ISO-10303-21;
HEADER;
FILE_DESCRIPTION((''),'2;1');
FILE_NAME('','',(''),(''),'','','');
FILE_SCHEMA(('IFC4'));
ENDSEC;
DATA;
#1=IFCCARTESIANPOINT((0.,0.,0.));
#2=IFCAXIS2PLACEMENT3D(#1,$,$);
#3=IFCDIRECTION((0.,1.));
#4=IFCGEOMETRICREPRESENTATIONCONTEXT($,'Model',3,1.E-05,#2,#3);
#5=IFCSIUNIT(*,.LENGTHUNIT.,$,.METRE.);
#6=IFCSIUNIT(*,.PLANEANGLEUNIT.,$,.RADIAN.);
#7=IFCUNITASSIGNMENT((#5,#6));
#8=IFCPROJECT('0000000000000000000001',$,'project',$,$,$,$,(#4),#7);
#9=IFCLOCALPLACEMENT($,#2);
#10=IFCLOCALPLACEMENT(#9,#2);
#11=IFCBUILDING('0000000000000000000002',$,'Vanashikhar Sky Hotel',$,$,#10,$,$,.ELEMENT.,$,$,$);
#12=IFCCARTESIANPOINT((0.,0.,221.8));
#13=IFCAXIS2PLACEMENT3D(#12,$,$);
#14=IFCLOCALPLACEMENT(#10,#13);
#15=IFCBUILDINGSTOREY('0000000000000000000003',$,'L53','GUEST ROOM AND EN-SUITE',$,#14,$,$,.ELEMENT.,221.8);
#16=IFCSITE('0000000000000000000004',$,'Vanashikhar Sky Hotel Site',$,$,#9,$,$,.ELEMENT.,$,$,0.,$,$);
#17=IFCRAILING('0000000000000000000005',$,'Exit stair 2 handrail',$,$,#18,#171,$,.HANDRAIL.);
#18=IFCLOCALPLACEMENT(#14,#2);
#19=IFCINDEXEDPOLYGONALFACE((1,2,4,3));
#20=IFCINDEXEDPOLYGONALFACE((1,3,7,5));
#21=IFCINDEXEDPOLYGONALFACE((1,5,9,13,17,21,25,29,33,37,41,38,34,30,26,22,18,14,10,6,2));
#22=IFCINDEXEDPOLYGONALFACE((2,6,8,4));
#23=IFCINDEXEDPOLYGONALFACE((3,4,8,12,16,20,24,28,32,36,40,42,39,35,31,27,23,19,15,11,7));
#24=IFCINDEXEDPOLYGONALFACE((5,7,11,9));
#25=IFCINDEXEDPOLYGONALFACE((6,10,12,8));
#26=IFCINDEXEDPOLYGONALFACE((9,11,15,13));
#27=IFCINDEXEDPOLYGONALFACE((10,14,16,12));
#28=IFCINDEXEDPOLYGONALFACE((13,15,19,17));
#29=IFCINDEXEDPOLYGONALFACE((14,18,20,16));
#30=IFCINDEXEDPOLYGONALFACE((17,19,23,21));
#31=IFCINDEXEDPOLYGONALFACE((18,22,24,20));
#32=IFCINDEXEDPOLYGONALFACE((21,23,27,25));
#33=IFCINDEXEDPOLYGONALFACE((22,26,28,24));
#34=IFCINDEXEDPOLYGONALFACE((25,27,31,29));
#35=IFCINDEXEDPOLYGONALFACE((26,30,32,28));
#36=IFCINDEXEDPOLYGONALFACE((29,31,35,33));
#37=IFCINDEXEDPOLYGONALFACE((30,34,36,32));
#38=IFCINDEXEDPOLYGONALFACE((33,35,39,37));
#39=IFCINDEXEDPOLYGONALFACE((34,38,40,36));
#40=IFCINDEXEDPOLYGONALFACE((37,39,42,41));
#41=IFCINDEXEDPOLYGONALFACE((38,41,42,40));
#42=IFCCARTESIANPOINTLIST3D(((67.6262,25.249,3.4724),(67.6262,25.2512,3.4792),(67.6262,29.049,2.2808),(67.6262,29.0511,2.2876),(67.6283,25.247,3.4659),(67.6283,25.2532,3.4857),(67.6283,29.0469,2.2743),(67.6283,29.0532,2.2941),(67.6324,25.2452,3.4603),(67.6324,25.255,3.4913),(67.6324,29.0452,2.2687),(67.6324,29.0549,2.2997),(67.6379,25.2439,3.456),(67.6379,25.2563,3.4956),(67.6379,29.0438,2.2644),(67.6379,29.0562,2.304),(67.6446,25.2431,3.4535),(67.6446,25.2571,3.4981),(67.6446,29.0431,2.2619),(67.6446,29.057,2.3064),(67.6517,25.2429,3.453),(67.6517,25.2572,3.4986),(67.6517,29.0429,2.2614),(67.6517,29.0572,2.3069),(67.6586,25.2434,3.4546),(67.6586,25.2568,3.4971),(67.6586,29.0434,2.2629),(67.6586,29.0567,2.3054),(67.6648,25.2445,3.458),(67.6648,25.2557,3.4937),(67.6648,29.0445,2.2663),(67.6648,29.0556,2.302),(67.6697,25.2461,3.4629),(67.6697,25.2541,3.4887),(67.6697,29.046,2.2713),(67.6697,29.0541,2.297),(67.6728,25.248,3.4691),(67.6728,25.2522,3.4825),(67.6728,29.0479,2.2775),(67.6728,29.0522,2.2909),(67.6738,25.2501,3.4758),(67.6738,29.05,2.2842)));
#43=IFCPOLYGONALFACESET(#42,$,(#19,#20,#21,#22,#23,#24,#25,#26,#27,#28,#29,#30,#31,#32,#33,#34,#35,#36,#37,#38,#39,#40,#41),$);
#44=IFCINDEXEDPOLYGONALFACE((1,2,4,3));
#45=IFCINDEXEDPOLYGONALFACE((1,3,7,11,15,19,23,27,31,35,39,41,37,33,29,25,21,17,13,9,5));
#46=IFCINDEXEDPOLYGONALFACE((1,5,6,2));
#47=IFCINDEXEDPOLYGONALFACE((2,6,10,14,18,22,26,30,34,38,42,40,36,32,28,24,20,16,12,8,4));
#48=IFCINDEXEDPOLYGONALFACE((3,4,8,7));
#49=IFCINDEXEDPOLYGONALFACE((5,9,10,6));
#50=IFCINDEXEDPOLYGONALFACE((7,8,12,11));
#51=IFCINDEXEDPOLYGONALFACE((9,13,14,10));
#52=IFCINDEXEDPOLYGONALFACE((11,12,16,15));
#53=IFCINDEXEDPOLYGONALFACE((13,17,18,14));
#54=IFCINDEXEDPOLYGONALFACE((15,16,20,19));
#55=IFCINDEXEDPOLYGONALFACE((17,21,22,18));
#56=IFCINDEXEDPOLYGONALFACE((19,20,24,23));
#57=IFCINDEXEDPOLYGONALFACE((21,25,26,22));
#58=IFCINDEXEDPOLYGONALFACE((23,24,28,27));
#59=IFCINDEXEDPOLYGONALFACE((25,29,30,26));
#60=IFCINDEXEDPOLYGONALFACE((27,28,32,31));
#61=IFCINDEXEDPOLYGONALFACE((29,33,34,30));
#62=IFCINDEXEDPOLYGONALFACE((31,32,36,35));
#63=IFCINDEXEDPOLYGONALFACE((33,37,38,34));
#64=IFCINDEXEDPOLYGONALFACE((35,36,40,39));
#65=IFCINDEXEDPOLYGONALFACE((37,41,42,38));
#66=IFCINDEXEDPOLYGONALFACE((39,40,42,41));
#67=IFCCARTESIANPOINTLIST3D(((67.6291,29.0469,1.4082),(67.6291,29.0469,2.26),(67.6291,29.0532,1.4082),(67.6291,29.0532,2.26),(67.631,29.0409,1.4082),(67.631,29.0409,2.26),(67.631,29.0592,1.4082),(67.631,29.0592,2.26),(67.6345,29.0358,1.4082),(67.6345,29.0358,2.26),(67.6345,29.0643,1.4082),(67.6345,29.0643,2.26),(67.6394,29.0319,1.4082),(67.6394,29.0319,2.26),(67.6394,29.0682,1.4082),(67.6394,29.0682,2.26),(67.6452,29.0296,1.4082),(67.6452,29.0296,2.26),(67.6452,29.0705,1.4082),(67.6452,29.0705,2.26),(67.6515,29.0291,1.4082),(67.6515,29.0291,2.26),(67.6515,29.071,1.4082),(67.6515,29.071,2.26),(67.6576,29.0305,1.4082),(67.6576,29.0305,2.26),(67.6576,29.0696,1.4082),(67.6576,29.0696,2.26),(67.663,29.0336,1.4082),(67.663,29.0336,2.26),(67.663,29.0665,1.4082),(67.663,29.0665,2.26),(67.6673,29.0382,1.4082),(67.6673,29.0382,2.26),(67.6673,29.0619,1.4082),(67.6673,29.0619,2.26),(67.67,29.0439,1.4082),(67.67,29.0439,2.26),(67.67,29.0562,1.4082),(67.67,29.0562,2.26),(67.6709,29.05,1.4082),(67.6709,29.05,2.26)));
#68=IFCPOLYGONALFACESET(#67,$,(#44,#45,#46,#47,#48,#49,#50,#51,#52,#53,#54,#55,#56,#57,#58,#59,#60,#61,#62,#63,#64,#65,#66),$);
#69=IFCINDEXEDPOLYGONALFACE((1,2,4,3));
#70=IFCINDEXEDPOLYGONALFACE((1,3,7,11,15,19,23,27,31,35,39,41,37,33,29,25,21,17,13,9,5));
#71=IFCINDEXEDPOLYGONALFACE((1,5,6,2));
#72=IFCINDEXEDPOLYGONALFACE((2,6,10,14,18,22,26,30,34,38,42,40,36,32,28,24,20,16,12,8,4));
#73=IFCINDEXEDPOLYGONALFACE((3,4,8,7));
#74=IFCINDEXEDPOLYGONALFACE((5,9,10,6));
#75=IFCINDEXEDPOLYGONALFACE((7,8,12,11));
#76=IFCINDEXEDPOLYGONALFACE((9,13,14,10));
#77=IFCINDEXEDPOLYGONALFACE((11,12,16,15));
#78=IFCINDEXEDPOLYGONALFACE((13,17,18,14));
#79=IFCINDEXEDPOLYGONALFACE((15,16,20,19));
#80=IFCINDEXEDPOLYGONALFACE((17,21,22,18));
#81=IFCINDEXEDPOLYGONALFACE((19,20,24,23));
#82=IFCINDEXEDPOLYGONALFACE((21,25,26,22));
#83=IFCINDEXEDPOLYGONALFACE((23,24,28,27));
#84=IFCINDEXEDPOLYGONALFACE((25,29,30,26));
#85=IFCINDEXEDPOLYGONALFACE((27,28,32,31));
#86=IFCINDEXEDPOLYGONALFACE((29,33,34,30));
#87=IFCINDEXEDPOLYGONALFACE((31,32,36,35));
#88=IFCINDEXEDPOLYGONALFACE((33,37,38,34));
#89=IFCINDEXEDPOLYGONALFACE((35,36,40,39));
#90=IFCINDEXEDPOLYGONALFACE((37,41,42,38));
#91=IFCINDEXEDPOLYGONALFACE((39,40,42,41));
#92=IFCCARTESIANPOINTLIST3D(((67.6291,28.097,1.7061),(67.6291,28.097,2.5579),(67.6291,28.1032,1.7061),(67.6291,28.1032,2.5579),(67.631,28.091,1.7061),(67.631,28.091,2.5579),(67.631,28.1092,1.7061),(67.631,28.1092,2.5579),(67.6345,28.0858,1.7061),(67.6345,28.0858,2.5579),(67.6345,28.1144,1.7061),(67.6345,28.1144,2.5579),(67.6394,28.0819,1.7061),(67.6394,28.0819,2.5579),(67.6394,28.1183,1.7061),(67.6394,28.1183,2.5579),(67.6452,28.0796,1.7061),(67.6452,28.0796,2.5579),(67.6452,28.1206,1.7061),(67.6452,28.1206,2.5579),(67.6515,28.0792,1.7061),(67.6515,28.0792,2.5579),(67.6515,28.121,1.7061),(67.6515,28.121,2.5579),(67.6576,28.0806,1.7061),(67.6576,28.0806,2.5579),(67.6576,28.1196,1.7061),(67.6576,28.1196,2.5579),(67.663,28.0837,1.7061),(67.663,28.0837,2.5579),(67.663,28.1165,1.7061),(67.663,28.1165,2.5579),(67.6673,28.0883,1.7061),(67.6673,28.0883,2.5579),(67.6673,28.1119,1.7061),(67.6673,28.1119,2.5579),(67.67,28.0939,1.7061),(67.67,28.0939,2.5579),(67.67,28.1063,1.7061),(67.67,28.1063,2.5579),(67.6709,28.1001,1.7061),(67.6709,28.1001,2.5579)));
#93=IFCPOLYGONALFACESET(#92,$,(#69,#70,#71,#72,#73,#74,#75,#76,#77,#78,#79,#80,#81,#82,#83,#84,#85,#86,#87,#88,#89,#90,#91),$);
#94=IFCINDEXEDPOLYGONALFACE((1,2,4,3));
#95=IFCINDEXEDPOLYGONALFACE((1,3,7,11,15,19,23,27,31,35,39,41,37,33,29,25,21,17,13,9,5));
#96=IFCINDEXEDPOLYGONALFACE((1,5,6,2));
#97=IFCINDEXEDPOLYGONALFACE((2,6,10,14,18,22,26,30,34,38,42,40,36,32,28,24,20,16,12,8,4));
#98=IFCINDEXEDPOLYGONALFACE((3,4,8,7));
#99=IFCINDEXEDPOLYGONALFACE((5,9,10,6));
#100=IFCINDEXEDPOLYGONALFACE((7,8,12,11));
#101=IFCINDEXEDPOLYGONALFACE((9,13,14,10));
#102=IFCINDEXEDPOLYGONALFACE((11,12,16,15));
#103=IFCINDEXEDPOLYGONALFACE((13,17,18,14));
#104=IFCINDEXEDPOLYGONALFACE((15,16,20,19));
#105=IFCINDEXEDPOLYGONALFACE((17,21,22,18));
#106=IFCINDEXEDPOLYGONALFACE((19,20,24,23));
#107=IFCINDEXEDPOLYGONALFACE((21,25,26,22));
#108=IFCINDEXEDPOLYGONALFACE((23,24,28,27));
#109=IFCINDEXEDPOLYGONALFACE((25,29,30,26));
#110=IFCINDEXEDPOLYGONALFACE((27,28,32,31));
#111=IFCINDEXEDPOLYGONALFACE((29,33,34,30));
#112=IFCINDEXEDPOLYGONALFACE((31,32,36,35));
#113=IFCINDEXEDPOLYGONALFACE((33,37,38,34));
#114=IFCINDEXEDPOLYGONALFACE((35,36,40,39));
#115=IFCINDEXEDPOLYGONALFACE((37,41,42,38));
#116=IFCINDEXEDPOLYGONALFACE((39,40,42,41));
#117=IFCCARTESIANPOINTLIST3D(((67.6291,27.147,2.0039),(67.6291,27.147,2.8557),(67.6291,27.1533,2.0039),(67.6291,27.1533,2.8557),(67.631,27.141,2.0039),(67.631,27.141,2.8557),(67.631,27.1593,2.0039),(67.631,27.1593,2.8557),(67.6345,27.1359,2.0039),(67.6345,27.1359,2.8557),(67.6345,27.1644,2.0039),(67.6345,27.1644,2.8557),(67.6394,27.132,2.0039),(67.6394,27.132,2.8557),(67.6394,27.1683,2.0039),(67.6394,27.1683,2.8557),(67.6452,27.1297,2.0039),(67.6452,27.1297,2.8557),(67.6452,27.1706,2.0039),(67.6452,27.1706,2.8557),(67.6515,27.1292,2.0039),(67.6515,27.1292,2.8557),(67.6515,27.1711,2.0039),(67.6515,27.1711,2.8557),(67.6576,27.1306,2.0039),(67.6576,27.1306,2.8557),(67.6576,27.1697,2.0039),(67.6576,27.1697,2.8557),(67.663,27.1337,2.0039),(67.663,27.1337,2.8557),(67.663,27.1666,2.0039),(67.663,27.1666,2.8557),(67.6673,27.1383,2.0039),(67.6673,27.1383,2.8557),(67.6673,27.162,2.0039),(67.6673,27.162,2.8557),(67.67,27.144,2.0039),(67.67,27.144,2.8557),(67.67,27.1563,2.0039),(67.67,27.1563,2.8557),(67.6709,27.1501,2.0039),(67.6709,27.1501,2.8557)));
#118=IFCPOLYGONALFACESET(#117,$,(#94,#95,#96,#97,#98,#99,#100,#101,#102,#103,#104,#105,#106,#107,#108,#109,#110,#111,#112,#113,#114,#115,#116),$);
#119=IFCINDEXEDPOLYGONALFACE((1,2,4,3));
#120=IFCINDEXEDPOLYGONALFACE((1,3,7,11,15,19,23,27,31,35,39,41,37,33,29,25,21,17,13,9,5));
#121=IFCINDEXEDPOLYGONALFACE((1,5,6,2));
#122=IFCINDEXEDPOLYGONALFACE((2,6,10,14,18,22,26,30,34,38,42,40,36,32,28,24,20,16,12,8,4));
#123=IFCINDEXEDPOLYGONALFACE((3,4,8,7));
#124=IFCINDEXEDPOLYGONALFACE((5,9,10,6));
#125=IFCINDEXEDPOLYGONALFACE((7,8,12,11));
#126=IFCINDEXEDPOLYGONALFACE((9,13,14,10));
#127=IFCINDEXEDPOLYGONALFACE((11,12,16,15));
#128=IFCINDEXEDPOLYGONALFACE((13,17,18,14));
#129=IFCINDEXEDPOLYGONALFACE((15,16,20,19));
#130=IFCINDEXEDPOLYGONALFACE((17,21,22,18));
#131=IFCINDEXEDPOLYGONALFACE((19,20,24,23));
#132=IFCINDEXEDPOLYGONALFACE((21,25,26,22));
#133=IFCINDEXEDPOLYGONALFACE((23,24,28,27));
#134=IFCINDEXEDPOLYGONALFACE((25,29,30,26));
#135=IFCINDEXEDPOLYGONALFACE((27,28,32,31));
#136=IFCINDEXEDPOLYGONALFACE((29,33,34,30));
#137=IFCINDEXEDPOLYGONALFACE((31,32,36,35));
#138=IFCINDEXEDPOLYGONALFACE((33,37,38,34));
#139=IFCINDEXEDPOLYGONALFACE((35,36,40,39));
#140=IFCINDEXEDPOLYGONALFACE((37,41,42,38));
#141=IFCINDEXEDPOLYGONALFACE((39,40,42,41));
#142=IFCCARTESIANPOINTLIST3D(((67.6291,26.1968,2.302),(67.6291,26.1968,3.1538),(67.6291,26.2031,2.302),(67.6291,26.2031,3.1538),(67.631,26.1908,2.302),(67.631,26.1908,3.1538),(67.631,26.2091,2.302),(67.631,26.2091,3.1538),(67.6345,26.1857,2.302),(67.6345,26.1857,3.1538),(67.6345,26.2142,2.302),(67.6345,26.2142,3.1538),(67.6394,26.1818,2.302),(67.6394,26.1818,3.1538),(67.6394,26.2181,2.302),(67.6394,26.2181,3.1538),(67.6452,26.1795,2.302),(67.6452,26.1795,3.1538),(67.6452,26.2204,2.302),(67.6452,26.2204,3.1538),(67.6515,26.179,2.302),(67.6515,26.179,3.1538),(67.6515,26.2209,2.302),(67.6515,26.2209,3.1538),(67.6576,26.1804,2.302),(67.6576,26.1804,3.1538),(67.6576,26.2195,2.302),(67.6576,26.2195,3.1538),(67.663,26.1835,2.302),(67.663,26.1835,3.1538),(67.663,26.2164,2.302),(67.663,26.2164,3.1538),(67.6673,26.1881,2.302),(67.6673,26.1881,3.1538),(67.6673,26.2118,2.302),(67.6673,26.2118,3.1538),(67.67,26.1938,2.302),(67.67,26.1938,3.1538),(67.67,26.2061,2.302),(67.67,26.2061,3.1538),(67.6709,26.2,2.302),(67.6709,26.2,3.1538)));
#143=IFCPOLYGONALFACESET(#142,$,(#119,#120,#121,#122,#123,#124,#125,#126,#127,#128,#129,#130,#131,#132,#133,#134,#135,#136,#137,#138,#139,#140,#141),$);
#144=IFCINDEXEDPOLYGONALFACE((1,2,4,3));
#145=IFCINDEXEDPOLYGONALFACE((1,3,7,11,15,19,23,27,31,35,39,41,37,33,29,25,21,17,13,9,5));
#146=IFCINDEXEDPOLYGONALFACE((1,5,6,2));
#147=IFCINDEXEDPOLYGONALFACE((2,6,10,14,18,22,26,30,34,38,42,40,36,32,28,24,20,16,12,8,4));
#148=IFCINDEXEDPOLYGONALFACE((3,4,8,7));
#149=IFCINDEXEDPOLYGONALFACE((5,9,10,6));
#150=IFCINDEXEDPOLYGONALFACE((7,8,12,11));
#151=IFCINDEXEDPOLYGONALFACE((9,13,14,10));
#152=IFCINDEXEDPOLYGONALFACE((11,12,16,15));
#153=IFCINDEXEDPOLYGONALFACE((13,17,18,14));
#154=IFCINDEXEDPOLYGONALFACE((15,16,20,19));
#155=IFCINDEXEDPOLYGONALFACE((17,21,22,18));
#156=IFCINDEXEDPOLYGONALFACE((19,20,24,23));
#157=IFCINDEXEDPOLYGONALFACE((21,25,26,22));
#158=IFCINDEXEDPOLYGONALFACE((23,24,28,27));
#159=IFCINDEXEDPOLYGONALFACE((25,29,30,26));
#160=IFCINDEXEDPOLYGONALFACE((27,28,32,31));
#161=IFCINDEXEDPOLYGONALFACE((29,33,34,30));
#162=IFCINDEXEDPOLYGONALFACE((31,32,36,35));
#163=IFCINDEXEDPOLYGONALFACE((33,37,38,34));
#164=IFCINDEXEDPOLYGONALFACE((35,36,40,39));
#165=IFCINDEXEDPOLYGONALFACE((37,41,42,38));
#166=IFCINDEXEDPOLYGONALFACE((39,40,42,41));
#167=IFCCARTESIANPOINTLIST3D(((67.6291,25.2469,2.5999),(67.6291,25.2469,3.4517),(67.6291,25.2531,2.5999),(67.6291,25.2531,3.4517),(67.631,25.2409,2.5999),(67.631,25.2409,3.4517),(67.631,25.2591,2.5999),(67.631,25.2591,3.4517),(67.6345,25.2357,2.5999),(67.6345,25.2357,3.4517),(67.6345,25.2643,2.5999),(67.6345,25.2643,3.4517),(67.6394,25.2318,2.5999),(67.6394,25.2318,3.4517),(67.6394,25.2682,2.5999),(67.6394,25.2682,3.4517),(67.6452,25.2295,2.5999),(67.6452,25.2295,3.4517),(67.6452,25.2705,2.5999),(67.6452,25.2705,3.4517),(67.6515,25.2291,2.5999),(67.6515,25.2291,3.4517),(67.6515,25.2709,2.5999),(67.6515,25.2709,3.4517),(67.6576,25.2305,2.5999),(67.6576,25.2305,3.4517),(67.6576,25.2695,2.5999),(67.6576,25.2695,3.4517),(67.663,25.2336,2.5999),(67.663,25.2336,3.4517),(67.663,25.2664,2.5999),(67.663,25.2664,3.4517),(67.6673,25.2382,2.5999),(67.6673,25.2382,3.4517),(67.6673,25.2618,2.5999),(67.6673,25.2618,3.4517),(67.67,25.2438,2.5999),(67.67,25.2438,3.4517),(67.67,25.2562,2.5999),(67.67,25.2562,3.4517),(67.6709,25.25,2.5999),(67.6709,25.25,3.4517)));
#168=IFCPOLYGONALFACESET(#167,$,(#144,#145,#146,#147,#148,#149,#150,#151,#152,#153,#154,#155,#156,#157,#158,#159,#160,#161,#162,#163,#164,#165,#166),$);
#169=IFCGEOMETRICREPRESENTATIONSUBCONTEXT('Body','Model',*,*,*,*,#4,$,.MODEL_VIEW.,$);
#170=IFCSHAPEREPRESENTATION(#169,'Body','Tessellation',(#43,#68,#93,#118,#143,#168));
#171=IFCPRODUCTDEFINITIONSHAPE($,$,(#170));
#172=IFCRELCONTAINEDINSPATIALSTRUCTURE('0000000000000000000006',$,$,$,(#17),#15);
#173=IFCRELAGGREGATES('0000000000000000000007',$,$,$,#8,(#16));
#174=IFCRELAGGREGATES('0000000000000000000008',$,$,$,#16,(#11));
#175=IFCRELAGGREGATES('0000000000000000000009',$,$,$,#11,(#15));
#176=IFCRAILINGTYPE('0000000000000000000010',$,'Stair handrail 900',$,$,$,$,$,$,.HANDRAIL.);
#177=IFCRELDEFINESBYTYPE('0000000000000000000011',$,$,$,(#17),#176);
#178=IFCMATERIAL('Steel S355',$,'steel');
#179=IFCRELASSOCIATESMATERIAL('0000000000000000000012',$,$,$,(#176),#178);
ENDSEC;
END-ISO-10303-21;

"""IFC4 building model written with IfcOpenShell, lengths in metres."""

from ifc_helpers import new_model, si_unit, direction, frame, origin, origin_2d, place, context, subcontext, project, spatial, circle, extrude, source, transform, mapped, material, type_object, element, save


model = new_model("IFC4")

# Units and contexts
model_context = context("Model", 3, precision=1e-05, world=origin(), true_north=direction((0.0, 1.0)))
body_context = subcontext(model_context, "Body", "Model", "MODEL_VIEW")
ifc_project = project(units=[si_unit("LENGTHUNIT", "METRE"), si_unit("PLANEANGLEUNIT", "RADIAN")], contexts=[model_context])

# Site, building, storey
site_placement = place(None, origin())
site = spatial("IfcSite", under=ifc_project, at=site_placement, Name="Vanashikhar Sky Hotel Site", CompositionType="ELEMENT", RefElevation=0.0)
building_placement = place(site_placement, origin())
building = spatial("IfcBuilding", under=site, at=building_placement, Name="Vanashikhar Sky Hotel", CompositionType="ELEMENT")
storey_placement = place(building_placement, frame((0.0, 0.0, 221.8)))
storey = spatial("IfcBuildingStorey", under=building, at=storey_placement, Name="L53", Description="GUEST ROOM AND EN-SUITE", CompositionType="ELEMENT", Elevation=221.8)

# Railing
ifc_material_1 = material(Name="Steel S355", Category="steel")
railing_type_1 = type_object("IfcRailingType", Name="Stair handrail 900", PredefinedType="HANDRAIL", material=ifc_material_1)
shared_shape_1 = source(origin(), body_context, "Body", "SweptSolid", [
    extrude(circle(Radius=0.0239, at=origin_2d()), frame((0.0, 0.0, 0.876), z_axis=(0.0, -0.954184, 0.299221), x_axis=(1.0, 0.0, 0.0)), (0.0, 0.0, 1.0), 3.9824),
    extrude(circle(Radius=0.021, at=origin_2d()), origin(), (0.0, 0.0, 1.0), 0.8518),
    extrude(circle(Radius=0.021, at=origin_2d()), frame((0.0, -0.95, 0.2979)), (0.0, 0.0, 1.0), 0.8518),
    extrude(circle(Radius=0.021, at=origin_2d()), frame((0.0, -1.8999, 0.5957)), (0.0, 0.0, 1.0), 0.8518),
    extrude(circle(Radius=0.021, at=origin_2d()), frame((0.0, -2.8501, 0.8938)), (0.0, 0.0, 1.0), 0.8518),
    extrude(circle(Radius=0.021, at=origin_2d()), frame((0.0, -3.8, 1.1917)), (0.0, 0.0, 1.0), 0.8518),
])
railing_1_placement = place(storey_placement, frame((67.6499, 29.05, 1.4082)))
element("IfcRailing", 1, at=railing_1_placement, inside=storey, type_object=railing_type_1, Name="Exit stair 2 handrail", PredefinedType="HANDRAIL", context=body_context, shape_type="MappedRepresentation", body=[
    mapped(shared_shape_1, transform((0.0, 0.0, 0.0), scale=1.0)),
])

save(model, "model.ifc")
